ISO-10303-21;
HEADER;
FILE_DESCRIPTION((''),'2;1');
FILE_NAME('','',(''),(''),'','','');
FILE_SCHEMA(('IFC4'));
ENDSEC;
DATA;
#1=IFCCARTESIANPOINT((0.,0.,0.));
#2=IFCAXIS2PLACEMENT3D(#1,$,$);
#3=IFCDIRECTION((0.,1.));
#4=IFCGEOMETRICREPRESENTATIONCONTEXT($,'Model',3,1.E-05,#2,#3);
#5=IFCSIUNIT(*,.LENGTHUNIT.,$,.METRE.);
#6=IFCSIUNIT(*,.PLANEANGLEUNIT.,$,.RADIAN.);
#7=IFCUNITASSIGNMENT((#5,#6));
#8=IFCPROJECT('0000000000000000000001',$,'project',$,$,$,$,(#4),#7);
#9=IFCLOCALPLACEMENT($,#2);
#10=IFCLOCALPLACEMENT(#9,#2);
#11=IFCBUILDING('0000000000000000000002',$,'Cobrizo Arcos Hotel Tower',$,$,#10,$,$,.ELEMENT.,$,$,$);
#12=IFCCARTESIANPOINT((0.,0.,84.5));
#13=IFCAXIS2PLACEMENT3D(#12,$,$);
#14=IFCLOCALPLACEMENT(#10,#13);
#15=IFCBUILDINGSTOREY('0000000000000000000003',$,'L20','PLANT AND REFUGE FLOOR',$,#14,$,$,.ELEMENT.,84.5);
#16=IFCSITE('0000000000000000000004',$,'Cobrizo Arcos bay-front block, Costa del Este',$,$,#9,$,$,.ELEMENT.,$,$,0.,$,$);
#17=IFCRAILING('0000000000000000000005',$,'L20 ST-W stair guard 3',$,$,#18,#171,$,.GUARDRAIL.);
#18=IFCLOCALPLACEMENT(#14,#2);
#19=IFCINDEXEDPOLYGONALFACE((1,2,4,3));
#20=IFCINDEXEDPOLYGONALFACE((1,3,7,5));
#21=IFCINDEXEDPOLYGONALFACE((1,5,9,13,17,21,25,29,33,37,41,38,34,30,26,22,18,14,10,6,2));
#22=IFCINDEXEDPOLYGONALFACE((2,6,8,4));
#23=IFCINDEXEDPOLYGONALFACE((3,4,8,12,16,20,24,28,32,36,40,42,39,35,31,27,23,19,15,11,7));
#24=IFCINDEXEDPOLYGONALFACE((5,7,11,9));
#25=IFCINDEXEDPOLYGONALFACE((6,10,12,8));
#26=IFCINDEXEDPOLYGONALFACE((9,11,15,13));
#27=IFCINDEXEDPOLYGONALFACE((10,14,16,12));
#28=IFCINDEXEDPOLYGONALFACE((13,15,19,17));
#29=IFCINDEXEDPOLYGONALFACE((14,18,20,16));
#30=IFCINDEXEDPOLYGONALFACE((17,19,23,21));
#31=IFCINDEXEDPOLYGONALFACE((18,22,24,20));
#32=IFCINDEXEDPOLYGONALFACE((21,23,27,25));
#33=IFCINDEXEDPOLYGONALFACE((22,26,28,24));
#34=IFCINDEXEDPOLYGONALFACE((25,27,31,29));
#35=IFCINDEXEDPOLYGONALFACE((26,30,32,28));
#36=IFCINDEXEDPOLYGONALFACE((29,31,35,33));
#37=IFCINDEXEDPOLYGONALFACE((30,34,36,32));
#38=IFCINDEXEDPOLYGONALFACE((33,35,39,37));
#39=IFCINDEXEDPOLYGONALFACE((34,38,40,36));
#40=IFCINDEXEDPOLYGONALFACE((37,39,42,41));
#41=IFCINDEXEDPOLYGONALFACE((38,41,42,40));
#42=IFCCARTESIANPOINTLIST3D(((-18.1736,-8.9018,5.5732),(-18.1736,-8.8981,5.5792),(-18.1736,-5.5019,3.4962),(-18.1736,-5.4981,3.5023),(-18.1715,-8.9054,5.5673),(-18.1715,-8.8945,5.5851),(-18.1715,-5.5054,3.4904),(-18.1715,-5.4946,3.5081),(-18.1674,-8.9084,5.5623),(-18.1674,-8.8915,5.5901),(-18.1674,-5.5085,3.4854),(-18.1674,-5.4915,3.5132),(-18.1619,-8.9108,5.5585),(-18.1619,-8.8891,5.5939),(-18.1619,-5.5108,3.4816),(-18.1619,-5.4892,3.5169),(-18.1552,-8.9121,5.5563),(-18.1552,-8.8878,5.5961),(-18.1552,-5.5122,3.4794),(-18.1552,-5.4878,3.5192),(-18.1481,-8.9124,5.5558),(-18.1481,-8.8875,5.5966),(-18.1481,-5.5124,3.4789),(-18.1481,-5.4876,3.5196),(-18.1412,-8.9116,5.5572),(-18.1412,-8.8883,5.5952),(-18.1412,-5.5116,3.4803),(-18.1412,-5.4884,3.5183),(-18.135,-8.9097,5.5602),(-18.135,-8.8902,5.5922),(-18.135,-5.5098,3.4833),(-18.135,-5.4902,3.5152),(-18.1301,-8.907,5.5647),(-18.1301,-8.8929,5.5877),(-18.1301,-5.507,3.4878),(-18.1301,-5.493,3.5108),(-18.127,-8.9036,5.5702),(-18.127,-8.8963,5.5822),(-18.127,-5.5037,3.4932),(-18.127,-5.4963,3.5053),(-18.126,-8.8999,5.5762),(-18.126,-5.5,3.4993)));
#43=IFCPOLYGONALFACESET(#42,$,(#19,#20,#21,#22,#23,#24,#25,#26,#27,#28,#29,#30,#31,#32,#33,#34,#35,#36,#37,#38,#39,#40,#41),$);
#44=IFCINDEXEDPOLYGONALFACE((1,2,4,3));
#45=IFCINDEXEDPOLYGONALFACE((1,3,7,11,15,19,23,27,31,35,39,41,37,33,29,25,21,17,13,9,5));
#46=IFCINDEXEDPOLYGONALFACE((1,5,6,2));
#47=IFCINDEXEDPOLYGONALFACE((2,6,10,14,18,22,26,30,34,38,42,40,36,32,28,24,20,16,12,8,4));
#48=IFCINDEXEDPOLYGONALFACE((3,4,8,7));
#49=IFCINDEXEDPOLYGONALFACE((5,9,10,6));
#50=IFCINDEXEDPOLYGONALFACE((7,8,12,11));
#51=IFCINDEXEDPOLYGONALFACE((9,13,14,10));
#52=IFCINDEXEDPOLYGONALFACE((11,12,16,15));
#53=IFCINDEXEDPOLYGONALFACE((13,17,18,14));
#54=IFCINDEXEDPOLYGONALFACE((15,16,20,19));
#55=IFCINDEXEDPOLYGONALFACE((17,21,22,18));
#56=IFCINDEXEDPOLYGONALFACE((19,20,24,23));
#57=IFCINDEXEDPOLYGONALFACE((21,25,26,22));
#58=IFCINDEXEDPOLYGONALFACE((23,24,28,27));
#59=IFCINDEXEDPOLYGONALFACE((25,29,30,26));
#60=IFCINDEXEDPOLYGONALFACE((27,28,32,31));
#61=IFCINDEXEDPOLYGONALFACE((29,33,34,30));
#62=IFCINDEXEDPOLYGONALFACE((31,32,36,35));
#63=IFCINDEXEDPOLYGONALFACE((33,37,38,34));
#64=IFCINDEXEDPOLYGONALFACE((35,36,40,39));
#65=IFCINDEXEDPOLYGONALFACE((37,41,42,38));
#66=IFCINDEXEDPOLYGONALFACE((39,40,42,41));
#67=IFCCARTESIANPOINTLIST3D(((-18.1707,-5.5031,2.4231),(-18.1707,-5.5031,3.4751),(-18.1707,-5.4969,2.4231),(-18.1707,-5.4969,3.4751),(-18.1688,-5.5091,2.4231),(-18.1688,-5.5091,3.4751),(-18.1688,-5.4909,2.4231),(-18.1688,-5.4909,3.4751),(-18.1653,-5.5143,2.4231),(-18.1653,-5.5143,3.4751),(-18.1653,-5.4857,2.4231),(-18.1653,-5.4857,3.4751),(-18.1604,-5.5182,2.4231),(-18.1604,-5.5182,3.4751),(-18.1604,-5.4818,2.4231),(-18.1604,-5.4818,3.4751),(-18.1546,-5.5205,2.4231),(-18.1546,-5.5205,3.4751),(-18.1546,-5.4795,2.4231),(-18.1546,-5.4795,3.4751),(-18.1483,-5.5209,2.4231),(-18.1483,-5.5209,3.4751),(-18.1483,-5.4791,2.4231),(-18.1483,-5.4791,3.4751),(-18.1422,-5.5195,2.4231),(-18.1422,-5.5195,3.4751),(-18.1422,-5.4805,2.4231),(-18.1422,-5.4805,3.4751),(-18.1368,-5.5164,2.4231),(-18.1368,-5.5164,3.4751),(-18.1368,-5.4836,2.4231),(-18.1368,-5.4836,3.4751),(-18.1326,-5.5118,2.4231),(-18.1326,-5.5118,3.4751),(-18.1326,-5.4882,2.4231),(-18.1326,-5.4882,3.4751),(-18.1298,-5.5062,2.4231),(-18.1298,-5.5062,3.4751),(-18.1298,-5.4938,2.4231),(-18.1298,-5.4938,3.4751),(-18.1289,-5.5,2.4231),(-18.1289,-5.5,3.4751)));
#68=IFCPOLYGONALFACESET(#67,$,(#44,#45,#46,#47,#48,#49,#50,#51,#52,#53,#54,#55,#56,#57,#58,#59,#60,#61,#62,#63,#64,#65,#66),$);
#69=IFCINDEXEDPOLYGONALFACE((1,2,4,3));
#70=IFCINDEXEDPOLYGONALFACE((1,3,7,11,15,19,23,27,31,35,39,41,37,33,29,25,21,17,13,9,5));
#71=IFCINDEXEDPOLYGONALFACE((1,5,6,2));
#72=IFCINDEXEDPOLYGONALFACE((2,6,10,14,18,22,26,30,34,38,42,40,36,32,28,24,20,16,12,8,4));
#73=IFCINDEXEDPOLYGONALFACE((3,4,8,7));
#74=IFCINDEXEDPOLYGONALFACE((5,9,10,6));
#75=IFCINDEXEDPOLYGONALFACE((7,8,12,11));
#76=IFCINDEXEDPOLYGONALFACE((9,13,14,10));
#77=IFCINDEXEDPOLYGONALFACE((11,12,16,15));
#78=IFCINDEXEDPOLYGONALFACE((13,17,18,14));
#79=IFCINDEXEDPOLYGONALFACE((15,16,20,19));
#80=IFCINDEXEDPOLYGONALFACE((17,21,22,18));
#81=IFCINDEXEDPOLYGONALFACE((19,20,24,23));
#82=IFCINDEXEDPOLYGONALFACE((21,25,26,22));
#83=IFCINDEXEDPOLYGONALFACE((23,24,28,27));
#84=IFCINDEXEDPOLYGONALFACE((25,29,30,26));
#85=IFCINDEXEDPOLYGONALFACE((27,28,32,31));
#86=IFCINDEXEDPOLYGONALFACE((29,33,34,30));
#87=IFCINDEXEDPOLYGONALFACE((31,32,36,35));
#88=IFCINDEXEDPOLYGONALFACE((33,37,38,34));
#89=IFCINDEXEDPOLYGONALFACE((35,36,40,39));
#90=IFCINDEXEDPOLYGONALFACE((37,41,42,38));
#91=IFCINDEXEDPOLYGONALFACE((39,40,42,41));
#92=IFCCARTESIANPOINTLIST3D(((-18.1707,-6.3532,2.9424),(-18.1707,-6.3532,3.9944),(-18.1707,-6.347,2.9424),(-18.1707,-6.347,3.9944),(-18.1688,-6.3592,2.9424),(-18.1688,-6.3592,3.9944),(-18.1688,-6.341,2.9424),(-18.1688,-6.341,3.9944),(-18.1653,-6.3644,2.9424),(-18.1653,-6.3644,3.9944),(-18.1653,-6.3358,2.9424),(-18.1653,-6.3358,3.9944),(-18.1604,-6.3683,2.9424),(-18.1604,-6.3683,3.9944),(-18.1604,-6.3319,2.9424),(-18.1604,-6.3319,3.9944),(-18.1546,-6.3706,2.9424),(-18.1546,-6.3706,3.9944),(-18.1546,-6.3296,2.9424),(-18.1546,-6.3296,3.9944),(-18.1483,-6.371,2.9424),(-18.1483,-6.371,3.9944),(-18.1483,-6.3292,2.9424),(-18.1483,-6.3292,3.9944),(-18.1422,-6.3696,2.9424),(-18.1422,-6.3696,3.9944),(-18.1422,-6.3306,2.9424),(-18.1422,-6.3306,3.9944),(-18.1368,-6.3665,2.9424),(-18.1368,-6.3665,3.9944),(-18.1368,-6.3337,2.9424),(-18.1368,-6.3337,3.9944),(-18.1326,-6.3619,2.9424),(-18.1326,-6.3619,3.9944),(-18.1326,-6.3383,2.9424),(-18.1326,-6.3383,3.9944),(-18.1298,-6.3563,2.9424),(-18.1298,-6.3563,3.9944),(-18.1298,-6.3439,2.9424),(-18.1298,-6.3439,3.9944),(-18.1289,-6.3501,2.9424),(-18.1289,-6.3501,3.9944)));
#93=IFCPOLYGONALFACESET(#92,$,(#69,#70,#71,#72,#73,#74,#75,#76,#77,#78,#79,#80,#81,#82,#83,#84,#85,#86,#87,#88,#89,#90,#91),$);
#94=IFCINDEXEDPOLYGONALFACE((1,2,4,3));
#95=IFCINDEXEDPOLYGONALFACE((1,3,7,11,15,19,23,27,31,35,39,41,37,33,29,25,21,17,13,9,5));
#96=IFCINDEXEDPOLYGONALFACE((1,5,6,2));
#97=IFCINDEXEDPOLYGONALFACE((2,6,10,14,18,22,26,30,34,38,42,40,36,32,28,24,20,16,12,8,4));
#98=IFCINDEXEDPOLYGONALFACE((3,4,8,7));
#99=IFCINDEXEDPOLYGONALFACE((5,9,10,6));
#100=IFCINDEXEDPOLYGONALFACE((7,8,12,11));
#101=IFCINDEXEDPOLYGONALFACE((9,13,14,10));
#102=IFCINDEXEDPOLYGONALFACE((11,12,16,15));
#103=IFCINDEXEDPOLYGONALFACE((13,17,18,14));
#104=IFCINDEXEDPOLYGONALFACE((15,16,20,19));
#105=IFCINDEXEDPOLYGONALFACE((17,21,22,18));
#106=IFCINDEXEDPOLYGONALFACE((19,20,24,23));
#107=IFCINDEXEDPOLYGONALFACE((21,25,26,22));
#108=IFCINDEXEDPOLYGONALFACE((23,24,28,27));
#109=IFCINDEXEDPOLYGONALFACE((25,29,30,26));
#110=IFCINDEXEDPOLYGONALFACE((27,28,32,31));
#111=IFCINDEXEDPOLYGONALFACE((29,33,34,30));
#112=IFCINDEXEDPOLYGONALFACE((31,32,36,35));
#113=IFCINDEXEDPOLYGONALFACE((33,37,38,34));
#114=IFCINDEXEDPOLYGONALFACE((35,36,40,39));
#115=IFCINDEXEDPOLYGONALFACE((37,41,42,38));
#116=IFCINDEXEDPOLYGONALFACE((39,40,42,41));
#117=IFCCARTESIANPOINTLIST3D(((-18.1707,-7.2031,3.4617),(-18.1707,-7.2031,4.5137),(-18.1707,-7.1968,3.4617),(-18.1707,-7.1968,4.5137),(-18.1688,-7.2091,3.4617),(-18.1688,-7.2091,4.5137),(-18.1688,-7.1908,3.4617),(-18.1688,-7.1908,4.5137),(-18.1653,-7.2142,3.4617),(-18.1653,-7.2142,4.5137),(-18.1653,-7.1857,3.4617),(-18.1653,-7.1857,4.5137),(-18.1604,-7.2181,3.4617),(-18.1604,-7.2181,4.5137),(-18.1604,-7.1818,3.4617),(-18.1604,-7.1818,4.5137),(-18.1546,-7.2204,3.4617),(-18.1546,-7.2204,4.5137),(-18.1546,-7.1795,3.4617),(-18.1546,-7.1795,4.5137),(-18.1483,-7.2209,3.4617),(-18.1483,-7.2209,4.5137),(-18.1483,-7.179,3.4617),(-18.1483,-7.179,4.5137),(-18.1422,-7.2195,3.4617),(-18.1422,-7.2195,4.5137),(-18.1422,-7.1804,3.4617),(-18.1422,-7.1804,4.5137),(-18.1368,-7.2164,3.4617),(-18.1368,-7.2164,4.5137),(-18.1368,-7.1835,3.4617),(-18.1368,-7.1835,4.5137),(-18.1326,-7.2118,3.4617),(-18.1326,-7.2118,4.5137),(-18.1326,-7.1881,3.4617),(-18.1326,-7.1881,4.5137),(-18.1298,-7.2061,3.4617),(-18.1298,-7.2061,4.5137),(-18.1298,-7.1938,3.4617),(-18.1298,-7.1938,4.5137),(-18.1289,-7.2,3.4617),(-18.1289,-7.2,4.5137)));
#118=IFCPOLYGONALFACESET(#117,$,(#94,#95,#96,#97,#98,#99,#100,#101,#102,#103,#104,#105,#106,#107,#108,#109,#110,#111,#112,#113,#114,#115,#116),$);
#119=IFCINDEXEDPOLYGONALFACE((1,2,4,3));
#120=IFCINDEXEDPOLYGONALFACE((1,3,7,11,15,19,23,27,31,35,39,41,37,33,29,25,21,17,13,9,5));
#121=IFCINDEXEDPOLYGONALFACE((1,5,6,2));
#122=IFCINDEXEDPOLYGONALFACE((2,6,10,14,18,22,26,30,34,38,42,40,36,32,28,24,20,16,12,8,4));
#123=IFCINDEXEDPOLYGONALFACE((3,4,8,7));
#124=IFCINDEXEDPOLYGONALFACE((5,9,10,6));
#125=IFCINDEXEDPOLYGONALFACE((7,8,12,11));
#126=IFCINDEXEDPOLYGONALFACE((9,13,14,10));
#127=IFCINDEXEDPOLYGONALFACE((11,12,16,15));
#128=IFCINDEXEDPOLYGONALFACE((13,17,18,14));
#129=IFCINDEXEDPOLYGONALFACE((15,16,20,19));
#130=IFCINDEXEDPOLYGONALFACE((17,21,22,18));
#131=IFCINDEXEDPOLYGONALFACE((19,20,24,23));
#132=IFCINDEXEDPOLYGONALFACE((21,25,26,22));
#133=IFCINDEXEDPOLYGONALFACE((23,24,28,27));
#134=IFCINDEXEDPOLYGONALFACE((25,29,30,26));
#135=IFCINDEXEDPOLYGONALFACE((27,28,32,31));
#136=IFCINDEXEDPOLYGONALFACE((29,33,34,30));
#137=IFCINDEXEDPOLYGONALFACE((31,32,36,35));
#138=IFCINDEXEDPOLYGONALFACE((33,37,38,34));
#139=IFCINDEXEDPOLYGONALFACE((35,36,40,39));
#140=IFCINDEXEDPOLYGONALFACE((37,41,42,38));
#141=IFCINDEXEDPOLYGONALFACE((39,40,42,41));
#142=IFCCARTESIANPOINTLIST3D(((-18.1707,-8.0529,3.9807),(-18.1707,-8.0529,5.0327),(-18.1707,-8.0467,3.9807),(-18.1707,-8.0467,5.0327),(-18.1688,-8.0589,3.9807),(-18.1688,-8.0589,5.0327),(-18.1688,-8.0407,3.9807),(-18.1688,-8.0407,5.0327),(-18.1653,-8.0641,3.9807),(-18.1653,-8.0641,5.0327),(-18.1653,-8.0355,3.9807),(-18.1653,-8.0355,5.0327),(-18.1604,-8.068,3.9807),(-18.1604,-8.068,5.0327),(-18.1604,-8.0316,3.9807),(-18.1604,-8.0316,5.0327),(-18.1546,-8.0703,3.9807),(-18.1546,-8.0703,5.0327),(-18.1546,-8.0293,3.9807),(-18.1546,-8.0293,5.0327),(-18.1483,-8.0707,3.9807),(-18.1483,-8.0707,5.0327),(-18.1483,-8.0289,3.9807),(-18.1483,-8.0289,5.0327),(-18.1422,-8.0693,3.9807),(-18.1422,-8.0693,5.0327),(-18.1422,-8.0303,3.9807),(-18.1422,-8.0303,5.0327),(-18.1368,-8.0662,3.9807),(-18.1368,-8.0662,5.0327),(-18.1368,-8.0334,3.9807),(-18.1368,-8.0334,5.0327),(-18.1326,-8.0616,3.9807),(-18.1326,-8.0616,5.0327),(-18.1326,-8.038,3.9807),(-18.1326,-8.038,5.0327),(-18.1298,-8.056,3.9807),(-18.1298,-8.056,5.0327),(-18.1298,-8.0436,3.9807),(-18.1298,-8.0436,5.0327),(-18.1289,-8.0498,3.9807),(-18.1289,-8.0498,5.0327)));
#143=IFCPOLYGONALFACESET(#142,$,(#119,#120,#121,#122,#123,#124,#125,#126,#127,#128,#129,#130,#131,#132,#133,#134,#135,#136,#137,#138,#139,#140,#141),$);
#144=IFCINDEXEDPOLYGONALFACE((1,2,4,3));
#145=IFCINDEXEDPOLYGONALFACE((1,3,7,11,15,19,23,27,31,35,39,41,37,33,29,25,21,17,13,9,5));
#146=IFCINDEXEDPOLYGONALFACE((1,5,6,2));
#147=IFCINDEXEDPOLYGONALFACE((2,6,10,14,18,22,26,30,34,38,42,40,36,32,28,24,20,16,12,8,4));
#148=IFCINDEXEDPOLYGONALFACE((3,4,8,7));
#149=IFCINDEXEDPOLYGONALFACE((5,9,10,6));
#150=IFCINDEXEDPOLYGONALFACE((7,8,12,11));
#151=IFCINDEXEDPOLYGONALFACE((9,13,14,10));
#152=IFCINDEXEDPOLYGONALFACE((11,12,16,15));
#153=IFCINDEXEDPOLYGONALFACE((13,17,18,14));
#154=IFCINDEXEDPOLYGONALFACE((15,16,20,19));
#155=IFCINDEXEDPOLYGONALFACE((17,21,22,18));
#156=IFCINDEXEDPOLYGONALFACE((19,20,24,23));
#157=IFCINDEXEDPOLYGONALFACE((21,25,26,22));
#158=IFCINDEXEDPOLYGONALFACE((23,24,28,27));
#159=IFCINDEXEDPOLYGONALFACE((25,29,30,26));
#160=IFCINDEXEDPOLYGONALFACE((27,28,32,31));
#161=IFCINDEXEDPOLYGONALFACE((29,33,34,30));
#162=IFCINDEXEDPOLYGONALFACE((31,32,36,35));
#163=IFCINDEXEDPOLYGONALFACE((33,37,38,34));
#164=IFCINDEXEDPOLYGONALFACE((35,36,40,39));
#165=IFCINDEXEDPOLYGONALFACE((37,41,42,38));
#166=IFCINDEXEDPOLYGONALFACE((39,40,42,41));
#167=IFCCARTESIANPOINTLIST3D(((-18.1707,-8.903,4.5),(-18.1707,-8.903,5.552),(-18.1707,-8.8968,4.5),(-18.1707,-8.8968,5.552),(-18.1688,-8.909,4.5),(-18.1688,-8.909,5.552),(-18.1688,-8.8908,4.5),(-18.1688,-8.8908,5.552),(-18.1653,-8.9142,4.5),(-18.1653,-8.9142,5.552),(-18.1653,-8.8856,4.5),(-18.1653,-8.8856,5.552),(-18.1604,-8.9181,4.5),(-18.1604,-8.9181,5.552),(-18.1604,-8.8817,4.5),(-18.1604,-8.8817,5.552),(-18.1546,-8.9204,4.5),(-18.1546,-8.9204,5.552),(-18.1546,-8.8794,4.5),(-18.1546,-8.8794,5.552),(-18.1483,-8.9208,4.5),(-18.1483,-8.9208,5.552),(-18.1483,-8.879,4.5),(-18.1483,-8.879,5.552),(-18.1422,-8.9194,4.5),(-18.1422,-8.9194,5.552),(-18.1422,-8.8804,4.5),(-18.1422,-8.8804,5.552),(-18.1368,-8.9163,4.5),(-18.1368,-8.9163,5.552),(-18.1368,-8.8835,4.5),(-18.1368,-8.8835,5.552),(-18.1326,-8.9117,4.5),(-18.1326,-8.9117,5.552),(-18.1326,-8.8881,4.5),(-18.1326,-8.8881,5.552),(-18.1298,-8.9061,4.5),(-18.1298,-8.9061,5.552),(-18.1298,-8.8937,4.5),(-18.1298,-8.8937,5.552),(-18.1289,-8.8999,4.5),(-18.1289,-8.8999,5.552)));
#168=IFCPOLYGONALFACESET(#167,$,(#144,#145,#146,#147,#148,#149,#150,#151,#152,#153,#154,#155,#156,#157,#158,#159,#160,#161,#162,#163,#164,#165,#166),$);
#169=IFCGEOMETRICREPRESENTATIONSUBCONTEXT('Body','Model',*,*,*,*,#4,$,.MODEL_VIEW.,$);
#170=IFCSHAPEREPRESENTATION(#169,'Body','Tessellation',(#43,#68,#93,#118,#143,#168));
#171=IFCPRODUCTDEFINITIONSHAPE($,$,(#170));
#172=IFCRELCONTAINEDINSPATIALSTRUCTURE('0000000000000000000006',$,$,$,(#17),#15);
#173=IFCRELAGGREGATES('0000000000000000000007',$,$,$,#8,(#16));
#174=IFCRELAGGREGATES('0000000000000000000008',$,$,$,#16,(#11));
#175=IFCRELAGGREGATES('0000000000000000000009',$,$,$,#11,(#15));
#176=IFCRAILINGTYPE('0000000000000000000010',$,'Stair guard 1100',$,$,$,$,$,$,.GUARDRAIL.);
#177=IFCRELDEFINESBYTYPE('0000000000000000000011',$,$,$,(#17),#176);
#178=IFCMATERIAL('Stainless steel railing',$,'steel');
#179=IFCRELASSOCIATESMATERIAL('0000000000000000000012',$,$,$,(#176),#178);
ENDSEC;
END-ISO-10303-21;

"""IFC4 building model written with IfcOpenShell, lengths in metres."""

from ifc_helpers import new_model, si_unit, direction, frame, origin, origin_2d, place, context, subcontext, project, spatial, circle, extrude, material, type_object, element, save


model = new_model("IFC4")

# Units and contexts
model_context = context("Model", 3, precision=1e-05, world=origin(), true_north=direction((0.0, 1.0)))
body_context = subcontext(model_context, "Body", "Model", "MODEL_VIEW")
ifc_project = project(units=[si_unit("LENGTHUNIT", "METRE"), si_unit("PLANEANGLEUNIT", "RADIAN")], contexts=[model_context])

# Site, building, storey
site_placement = place(None, origin())
site = spatial("IfcSite", under=ifc_project, at=site_placement, Name="Cobrizo Arcos bay-front block, Costa del Este", CompositionType="ELEMENT", RefElevation=0.0)
building_placement = place(site_placement, origin())
building = spatial("IfcBuilding", under=site, at=building_placement, Name="Cobrizo Arcos Hotel Tower", CompositionType="ELEMENT")
storey_placement = place(building_placement, frame((0.0, 0.0, 84.5)))
storey = spatial("IfcBuildingStorey", under=building, at=storey_placement, Name="L20", Description="PLANT AND REFUGE FLOOR", CompositionType="ELEMENT", Elevation=84.5)

# Railing
ifc_material_1 = material(Name="Stainless steel railing", Category="steel")
railing_type_1 = type_object("IfcRailingType", Name="Stair guard 1100", PredefinedType="GUARDRAIL", material=ifc_material_1)
railing_1_placement = place(storey_placement, frame((-18.1499, -5.5, 2.4231)))
element("IfcRailing", 1, at=railing_1_placement, inside=storey, type_object=railing_type_1, Name="L20 ST-W stair guard 3", PredefinedType="GUARDRAIL", context=body_context, shape_type="SweptSolid", body=[
    extrude(circle(Radius=0.0239, at=origin_2d()), frame((0.0, 0.0, 1.0762), z_axis=(0.0, -0.853373, 0.521301), x_axis=(1.0, 0.0, 0.0)), (0.0, 0.0, 1.0), 3.9841),
    extrude(circle(Radius=0.021, at=origin_2d()), origin(), (0.0, 0.0, 1.0), 1.052),
    extrude(circle(Radius=0.021, at=origin_2d()), frame((0.0, -0.8501, 0.5193)), (0.0, 0.0, 1.0), 1.052),
    extrude(circle(Radius=0.021, at=origin_2d()), frame((0.0, -1.7, 1.0386)), (0.0, 0.0, 1.0), 1.052),
    extrude(circle(Radius=0.021, at=origin_2d()), frame((0.0, -2.5498, 1.5576)), (0.0, 0.0, 1.0), 1.052),
    extrude(circle(Radius=0.021, at=origin_2d()), frame((0.0, -3.3999, 2.0769)), (0.0, 0.0, 1.0), 1.052),
])

save(model, "model.ifc")
